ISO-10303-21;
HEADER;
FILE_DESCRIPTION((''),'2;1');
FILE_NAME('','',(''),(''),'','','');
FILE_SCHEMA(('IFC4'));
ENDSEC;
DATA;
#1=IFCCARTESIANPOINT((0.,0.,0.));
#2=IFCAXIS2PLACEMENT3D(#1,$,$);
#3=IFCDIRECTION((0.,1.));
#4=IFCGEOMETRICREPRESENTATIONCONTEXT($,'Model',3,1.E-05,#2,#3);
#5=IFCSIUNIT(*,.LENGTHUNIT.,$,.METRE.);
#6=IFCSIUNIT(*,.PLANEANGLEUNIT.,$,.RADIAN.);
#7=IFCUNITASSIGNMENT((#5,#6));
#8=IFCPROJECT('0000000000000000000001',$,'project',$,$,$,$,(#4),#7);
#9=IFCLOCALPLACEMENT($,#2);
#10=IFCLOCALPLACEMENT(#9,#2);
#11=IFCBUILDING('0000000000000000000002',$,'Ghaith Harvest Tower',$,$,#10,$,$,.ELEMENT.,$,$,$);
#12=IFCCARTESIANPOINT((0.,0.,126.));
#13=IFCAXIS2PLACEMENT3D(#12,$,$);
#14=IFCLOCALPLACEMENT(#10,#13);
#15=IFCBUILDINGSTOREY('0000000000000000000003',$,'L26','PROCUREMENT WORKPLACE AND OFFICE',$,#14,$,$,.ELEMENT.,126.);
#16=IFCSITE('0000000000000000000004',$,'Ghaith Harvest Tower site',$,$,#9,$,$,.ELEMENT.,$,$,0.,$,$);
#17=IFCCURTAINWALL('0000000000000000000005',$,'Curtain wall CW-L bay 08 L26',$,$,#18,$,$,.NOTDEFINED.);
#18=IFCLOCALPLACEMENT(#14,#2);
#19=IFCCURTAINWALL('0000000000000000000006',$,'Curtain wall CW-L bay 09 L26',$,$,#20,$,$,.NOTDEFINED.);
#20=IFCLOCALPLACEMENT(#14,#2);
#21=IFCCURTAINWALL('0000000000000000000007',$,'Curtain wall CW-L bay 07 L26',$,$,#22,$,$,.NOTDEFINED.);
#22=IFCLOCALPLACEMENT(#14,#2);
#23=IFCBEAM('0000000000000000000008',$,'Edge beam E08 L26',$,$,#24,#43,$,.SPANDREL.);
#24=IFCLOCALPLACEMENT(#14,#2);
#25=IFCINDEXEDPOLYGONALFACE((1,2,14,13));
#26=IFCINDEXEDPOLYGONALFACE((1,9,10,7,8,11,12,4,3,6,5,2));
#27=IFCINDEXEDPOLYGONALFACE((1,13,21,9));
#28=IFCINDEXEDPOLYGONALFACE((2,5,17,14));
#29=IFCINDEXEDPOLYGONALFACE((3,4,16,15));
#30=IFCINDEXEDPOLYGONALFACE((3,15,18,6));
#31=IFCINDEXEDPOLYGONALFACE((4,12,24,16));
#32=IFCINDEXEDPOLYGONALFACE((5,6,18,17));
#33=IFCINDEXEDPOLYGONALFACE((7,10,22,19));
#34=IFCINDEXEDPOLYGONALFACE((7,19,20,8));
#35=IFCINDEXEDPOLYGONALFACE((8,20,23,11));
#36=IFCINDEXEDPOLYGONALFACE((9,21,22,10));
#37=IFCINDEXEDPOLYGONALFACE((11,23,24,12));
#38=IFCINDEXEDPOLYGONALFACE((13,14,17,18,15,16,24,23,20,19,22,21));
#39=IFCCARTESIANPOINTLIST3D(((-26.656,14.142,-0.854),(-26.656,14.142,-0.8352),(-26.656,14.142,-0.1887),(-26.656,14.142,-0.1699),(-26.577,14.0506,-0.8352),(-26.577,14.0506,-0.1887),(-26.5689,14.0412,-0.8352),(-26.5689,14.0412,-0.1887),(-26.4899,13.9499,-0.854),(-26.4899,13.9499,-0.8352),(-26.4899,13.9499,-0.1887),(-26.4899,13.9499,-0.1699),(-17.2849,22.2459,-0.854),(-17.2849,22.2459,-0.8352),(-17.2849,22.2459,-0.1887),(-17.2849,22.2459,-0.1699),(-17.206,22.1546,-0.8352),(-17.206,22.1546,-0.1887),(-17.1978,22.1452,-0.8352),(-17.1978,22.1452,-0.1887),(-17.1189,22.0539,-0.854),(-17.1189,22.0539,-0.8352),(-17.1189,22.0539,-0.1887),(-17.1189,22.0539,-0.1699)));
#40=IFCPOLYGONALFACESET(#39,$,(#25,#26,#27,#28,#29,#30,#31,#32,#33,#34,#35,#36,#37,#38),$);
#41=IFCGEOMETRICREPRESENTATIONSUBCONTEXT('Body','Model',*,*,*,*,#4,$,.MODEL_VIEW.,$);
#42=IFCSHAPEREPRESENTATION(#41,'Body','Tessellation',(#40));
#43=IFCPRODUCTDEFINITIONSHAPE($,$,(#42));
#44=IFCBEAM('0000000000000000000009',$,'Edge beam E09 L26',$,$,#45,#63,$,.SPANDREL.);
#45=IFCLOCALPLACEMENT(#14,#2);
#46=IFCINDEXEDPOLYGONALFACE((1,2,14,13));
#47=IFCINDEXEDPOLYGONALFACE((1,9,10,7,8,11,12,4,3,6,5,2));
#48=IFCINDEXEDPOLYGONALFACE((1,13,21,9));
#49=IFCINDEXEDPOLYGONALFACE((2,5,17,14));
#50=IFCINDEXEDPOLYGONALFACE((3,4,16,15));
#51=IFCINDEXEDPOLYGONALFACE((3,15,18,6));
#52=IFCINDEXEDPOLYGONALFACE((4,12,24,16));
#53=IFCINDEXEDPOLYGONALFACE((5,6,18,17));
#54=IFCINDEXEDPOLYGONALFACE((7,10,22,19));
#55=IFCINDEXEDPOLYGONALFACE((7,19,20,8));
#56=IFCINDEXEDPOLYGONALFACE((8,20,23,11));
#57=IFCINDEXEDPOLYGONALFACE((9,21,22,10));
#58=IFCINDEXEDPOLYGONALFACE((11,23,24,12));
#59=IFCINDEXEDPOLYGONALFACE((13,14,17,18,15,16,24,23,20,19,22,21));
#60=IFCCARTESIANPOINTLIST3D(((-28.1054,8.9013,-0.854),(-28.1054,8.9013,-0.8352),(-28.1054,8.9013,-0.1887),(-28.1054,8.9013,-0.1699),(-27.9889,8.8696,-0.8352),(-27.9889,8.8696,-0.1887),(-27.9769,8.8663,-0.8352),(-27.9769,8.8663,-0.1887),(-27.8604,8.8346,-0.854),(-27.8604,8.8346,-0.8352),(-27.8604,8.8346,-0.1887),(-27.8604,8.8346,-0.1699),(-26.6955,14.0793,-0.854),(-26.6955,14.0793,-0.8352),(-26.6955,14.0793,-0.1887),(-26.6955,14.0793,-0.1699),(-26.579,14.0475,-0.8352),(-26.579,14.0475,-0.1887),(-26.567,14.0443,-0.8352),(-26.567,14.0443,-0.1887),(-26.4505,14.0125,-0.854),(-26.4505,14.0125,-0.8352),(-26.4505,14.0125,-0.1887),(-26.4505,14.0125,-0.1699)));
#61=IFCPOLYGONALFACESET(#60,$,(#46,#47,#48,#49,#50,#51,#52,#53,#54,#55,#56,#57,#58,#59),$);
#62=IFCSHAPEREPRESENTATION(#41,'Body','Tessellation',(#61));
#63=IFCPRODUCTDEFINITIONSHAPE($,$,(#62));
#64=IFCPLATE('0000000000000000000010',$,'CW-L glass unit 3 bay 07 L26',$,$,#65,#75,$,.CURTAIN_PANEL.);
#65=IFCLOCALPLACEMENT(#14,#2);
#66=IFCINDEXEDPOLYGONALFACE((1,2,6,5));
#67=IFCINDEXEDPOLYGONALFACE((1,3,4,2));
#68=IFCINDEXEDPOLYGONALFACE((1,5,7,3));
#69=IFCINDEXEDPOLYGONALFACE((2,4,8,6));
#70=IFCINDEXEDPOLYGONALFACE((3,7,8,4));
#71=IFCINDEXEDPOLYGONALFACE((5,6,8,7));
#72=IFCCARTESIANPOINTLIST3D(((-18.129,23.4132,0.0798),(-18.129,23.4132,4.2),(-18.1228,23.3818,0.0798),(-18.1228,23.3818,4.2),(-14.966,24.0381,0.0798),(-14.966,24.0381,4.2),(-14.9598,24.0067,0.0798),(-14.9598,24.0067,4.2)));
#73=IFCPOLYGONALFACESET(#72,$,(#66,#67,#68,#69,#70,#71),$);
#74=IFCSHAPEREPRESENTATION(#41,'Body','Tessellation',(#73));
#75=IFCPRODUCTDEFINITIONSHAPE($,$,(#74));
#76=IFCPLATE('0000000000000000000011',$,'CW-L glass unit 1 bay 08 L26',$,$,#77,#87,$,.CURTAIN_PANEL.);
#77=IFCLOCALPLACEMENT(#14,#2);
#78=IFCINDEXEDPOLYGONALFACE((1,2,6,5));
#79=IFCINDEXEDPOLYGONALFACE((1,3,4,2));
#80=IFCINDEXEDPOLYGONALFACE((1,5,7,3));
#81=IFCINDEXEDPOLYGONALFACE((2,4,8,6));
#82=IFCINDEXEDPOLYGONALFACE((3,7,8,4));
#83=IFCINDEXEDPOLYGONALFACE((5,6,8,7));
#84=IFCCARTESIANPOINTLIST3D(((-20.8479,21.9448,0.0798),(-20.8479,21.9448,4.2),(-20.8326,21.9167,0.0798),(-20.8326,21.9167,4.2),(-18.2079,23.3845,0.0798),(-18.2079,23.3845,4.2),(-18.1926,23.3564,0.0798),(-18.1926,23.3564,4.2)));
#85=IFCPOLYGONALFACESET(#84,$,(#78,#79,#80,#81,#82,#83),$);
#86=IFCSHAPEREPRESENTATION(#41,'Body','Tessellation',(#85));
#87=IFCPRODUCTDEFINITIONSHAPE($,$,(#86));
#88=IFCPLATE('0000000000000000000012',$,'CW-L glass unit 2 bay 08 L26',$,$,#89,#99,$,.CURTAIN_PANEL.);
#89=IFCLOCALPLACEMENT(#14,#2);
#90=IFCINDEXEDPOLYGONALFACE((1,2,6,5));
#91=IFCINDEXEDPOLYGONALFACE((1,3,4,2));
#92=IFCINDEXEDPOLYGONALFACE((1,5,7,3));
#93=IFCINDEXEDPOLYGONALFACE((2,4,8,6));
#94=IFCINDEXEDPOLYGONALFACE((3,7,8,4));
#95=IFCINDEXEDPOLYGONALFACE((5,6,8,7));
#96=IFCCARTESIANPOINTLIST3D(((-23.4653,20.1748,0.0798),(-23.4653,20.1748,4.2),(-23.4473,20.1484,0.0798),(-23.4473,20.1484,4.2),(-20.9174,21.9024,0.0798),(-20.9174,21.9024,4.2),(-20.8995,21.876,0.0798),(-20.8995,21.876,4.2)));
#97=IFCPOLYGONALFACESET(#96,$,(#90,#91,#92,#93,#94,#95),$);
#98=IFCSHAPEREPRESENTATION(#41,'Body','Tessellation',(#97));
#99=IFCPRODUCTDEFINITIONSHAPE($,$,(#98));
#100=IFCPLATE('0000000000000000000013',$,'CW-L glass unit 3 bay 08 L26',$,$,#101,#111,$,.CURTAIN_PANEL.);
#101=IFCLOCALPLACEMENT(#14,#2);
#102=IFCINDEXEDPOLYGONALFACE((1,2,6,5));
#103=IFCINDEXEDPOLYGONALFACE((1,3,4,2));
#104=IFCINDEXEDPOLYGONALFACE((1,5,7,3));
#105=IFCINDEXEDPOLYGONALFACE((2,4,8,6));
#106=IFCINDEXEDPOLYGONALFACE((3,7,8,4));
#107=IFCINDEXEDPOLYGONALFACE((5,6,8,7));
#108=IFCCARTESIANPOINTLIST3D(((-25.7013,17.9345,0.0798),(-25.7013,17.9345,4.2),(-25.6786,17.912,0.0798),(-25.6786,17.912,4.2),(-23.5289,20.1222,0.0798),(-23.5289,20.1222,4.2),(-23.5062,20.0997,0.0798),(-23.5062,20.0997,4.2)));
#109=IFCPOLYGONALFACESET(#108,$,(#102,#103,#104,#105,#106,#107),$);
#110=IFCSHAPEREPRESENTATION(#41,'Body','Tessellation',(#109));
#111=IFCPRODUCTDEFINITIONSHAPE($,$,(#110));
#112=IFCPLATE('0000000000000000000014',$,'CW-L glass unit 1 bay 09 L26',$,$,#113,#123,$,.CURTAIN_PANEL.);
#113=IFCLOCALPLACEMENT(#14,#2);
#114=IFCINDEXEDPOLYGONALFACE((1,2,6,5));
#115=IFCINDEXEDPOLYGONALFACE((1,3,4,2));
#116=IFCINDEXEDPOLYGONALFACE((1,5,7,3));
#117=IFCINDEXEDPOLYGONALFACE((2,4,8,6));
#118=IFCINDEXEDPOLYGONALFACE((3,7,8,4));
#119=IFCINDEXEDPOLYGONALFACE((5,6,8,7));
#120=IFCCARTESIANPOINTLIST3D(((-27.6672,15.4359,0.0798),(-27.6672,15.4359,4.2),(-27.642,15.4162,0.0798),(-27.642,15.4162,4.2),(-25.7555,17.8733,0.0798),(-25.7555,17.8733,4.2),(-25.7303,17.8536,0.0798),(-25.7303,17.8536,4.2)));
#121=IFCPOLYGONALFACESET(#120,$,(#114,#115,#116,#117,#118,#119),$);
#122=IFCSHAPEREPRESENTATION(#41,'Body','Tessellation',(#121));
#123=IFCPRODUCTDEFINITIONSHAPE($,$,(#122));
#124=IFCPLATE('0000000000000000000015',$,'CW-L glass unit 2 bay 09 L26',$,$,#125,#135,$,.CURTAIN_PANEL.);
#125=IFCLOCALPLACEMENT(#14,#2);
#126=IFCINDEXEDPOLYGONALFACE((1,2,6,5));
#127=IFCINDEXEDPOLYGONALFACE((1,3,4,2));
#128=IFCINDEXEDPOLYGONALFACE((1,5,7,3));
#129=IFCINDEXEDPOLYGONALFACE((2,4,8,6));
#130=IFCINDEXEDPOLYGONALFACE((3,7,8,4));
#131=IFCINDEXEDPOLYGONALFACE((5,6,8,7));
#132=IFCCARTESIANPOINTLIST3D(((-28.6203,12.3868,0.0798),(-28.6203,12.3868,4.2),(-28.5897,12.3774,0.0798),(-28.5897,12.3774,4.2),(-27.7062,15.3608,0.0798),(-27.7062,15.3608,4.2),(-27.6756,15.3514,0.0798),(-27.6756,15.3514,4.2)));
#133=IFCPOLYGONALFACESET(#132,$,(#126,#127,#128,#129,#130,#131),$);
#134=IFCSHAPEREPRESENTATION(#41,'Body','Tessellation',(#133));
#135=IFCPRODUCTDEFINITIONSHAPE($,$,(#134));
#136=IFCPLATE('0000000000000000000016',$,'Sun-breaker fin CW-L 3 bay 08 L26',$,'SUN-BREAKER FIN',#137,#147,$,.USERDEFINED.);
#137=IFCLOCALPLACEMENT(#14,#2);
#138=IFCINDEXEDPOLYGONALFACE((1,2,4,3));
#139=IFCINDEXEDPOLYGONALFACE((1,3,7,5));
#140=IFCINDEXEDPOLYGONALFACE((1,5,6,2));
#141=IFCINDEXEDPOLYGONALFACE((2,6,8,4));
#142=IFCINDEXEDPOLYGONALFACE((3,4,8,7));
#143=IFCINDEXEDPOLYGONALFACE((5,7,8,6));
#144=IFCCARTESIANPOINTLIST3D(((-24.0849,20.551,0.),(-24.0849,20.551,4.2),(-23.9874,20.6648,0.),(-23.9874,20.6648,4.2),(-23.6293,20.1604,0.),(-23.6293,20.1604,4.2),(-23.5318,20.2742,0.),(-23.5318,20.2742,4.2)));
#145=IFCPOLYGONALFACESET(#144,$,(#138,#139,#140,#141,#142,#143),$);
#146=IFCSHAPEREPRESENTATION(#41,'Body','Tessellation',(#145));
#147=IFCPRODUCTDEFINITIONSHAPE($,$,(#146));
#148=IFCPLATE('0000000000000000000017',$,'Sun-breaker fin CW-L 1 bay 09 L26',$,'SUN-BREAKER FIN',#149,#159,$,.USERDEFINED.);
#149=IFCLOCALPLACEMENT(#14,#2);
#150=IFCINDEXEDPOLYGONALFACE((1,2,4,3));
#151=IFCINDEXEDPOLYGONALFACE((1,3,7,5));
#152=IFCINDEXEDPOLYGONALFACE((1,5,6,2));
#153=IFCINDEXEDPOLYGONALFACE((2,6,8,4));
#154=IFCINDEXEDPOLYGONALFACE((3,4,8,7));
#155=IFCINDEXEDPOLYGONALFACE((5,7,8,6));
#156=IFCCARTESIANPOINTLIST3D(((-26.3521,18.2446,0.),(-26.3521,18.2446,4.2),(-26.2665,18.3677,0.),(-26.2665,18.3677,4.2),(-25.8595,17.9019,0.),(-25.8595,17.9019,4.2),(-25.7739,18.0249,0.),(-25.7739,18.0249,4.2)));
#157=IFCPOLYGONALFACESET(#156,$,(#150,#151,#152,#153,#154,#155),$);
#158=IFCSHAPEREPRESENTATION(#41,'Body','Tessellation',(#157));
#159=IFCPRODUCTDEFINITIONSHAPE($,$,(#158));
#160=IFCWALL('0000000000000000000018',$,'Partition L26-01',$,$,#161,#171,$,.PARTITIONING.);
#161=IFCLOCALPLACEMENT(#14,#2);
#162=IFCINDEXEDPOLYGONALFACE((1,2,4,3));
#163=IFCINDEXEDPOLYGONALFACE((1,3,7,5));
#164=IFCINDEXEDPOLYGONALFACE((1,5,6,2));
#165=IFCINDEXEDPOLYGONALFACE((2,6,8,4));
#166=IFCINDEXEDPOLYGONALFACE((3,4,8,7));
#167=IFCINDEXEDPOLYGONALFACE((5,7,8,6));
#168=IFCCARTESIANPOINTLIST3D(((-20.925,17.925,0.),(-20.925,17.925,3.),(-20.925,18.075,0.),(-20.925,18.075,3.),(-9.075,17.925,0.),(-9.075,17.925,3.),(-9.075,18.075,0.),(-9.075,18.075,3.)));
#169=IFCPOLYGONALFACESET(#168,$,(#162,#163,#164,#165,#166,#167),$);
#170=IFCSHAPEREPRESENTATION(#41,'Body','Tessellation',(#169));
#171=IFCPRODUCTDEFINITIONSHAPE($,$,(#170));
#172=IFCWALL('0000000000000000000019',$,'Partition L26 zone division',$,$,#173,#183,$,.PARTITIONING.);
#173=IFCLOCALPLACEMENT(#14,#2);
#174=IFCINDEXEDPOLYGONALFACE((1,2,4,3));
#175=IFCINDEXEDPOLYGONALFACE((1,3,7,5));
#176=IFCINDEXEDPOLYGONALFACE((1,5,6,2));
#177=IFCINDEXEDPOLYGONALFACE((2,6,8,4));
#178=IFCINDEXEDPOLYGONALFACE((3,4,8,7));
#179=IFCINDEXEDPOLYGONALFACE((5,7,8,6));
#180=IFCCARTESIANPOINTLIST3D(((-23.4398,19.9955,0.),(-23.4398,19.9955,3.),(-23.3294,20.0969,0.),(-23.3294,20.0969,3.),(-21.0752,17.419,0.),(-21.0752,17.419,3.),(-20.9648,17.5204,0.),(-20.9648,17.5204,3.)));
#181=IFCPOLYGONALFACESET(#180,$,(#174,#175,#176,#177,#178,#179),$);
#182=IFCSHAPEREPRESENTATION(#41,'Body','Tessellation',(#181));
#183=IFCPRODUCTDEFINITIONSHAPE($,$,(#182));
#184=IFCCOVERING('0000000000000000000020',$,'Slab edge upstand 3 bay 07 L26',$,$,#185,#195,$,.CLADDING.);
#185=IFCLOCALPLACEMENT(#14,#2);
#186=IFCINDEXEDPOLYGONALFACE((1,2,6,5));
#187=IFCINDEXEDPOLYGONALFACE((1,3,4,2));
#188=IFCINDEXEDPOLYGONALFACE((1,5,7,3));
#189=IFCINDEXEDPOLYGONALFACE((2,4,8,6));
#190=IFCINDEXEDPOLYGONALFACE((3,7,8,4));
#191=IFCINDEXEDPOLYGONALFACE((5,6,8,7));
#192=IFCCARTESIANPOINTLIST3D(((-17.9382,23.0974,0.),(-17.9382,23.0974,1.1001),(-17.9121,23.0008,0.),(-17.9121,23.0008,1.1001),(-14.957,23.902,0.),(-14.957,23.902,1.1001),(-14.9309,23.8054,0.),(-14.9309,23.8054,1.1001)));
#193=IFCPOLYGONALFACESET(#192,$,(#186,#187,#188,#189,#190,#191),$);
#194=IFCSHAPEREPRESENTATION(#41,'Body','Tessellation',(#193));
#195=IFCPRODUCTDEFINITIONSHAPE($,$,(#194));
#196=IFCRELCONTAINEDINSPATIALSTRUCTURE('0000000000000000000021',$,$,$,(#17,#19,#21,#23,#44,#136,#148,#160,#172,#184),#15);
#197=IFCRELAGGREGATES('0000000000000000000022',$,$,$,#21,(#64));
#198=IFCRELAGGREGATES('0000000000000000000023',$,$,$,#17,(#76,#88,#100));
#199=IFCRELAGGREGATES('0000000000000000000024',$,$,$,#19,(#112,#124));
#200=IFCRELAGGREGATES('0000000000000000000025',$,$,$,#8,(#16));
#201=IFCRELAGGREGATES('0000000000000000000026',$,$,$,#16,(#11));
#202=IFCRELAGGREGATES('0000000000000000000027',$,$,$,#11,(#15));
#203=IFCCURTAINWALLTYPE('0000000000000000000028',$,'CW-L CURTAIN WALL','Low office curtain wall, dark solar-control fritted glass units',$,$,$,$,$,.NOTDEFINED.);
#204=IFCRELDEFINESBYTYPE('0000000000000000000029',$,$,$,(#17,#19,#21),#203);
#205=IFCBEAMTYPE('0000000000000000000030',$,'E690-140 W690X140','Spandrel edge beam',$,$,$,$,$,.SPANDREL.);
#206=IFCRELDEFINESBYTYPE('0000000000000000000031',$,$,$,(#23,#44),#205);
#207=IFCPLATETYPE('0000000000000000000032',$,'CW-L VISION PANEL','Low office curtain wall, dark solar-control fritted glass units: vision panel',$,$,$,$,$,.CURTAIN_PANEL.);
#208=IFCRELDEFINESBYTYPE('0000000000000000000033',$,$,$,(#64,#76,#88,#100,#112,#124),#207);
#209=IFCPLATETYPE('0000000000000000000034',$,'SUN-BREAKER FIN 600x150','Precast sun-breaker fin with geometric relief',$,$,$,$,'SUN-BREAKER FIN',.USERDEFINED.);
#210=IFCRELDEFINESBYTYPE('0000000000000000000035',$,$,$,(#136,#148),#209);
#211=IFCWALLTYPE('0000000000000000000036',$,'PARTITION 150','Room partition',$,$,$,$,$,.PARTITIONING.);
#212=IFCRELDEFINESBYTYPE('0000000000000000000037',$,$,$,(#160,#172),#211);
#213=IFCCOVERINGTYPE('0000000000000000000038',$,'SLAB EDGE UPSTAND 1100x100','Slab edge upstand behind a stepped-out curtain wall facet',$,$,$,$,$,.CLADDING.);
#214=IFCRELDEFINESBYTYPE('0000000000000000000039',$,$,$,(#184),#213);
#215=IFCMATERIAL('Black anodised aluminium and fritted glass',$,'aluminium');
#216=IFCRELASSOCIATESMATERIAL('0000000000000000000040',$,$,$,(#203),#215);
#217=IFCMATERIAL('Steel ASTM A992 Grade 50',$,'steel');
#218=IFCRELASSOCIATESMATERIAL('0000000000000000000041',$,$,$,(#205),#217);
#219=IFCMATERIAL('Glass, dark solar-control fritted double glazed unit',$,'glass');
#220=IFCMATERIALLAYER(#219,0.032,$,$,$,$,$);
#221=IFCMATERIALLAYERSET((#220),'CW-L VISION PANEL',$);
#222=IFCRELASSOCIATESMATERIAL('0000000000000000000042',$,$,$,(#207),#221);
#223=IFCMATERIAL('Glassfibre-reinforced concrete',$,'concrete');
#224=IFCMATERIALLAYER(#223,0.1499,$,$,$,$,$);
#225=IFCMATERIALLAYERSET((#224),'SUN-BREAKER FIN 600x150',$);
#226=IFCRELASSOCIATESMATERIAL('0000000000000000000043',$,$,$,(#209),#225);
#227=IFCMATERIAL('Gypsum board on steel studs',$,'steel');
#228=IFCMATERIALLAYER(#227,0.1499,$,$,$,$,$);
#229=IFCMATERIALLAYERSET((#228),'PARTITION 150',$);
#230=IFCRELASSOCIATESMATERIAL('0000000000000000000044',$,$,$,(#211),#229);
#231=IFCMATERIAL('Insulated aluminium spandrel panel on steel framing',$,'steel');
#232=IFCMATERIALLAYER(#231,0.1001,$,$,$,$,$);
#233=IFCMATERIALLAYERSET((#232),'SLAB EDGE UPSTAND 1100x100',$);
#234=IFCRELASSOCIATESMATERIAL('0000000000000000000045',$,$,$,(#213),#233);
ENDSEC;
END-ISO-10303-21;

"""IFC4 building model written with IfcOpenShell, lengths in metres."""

from ifc_helpers import new_model, si_unit, direction, frame, frame_2d, origin, origin_2d, place, context, subcontext, project, spatial, rectangle, i_section, extrude, material, layer, layer_set, material_profile, profile_set, type_object, element, aggregate, save


model = new_model("IFC4")

# Units and contexts
model_context = context("Model", 3, precision=1e-05, world=origin(), true_north=direction((0.0, 1.0)))
body_context = subcontext(model_context, "Body", "Model", "MODEL_VIEW")
ifc_project = project(units=[si_unit("LENGTHUNIT", "METRE"), si_unit("PLANEANGLEUNIT", "RADIAN")], contexts=[model_context])

# Site, building, storey
site_placement = place(None, origin())
site = spatial("IfcSite", under=ifc_project, at=site_placement, Name="Ghaith Harvest Tower site", CompositionType="ELEMENT", RefElevation=0.0)
building_placement = place(site_placement, origin())
building = spatial("IfcBuilding", under=site, at=building_placement, Name="Ghaith Harvest Tower", CompositionType="ELEMENT")
storey_placement = place(building_placement, frame((0.0, 0.0, 126.0)))
storey = spatial("IfcBuildingStorey", under=building, at=storey_placement, Name="L26", Description="PROCUREMENT WORKPLACE AND OFFICE", CompositionType="ELEMENT", Elevation=126.0)

# Curtain walls
ifc_material_1 = material(Name="Black anodised aluminium and fritted glass", Category="aluminium")
curtain_wall_type = type_object("IfcCurtainWallType", Name="CW-L CURTAIN WALL", Description="Low office curtain wall, dark solar-control fritted glass units", PredefinedType="NOTDEFINED", material=ifc_material_1)
curtain_wall_1_placement = place(storey_placement, origin())
curtain_wall_1 = element("IfcCurtainWall", 1, at=curtain_wall_1_placement, inside=storey, type_object=curtain_wall_type, Name="Curtain wall CW-L bay 08 L26", PredefinedType="NOTDEFINED")
curtain_wall_2_placement = place(storey_placement, origin())
curtain_wall_2 = element("IfcCurtainWall", 2, at=curtain_wall_2_placement, inside=storey, type_object=curtain_wall_type, Name="Curtain wall CW-L bay 09 L26", PredefinedType="NOTDEFINED")

# Curtain wall
curtain_wall_3_placement = place(storey_placement, origin())
curtain_wall_3 = element("IfcCurtainWall", 3, at=curtain_wall_3_placement, inside=storey, type_object=curtain_wall_type, Name="Curtain wall CW-L bay 07 L26", PredefinedType="NOTDEFINED")

# Beams
ifc_material_2 = material(Name="Steel ASTM A992 Grade 50", Category="steel")
ifc_material_profile_1 = material_profile(ifc_material_2, i_section(OverallWidth=0.2539, OverallDepth=0.6841, WebThickness=0.0125, FlangeThickness=0.0188, at=origin_2d()), Name="W690X140")
ifc_profile_set_1 = profile_set([ifc_material_profile_1], Name="Steel ASTM A992 Grade 50")
beam_type = type_object("IfcBeamType", Name="E690-140 W690X140", Description="Spandrel edge beam", PredefinedType="SPANDREL", material=ifc_profile_set_1)
beam_1_placement = place(storey_placement, frame((-17.2019, 22.1499, -0.512), z_axis=(-0.756392, -0.654118, 0.0), x_axis=(0.654118, -0.756392, 0.0)))
element("IfcBeam", 4, at=beam_1_placement, inside=storey, type_object=beam_type, Name="Edge beam E08 L26", PredefinedType="SPANDREL", context=body_context, shape_type="SweptSolid", body=[
    extrude(i_section(OverallWidth=0.2539, OverallDepth=0.6841, WebThickness=0.0125, FlangeThickness=0.0188, at=origin_2d()), origin(), (0.0, 0.0, 1.0), 12.3892),
])
beam_2_placement = place(storey_placement, frame((-26.573, 14.0459, -0.512), z_axis=(-0.262725, -0.964871, 0.0), x_axis=(0.964871, -0.262725, 0.0)))
element("IfcBeam", 5, at=beam_2_placement, inside=storey, type_object=beam_type, Name="Edge beam E09 L26", PredefinedType="SPANDREL", context=body_context, shape_type="SweptSolid", body=[
    extrude(i_section(OverallWidth=0.2539, OverallDepth=0.6841, WebThickness=0.0125, FlangeThickness=0.0188, at=origin_2d()), origin(), (0.0, 0.0, 1.0), 5.3665),
])

# Plates
ifc_material_3 = material(Name="Glass, dark solar-control fritted double glazed unit", Category="glass")
ifc_layer_1 = layer(ifc_material_3, 0.032)
ifc_layer_set_1 = layer_set([ifc_layer_1], Name="CW-L VISION PANEL")
plate_type_1 = type_object("IfcPlateType", Name="CW-L VISION PANEL", Description="Low office curtain wall, dark solar-control fritted glass units: vision panel", PredefinedType="CURTAIN_PANEL", material=ifc_layer_set_1)
plate_1_placement = place(storey_placement, frame((-16.5444, 23.71, 0.0798), z_axis=(0.0, 0.0, 1.0), x_axis=(-0.981038, -0.193818, 0.0)))
plate_1 = element("IfcPlate", 6, at=plate_1_placement, type_object=plate_type_1, Name="CW-L glass unit 3 bay 07 L26", PredefinedType="CURTAIN_PANEL", context=body_context, shape_type="SweptSolid", body=[
    extrude(rectangle(XDim=3.2241, YDim=0.032, at=origin_2d()), origin(), (0.0, 0.0, 1.0), 4.1201),
])
aggregate(curtain_wall_3, [plate_1])
plate_2_placement = place(storey_placement, frame((-19.5203, 22.6506, 0.0798), z_axis=(0.0, 0.0, 1.0), x_axis=(-0.87794, -0.47877, 0.0)))
plate_2 = element("IfcPlate", 7, at=plate_2_placement, type_object=plate_type_1, Name="CW-L glass unit 1 bay 08 L26", PredefinedType="CURTAIN_PANEL", context=body_context, shape_type="SweptSolid", body=[
    extrude(rectangle(XDim=3.0071, YDim=0.032, at=origin_2d()), origin(), (0.0, 0.0, 1.0), 4.1201),
])
plate_3_placement = place(storey_placement, frame((-22.1824, 21.0254, 0.0798), z_axis=(0.0, 0.0, 1.0), x_axis=(-0.827675, -0.561208, 0.0)))
plate_3 = element("IfcPlate", 8, at=plate_3_placement, type_object=plate_type_1, Name="CW-L glass unit 2 bay 08 L26", PredefinedType="CURTAIN_PANEL", context=body_context, shape_type="SweptSolid", body=[
    extrude(rectangle(XDim=3.0784, YDim=0.032, at=origin_2d()), origin(), (0.0, 0.0, 1.0), 4.1201),
])
plate_4_placement = place(storey_placement, frame((-24.6038, 19.0171, 0.0798), z_axis=(0.0, 0.0, 1.0), x_axis=(-0.704614, -0.709591, 0.0)))
plate_4 = element("IfcPlate", 9, at=plate_4_placement, type_object=plate_type_1, Name="CW-L glass unit 3 bay 08 L26", PredefinedType="CURTAIN_PANEL", context=body_context, shape_type="SweptSolid", body=[
    extrude(rectangle(XDim=3.083, YDim=0.032, at=origin_2d()), origin(), (0.0, 0.0, 1.0), 4.1201),
])
aggregate(curtain_wall_1, [plate_2, plate_3, plate_4])
plate_5_placement = place(storey_placement, frame((-26.6987, 16.6448, 0.0798), z_axis=(0.0, 0.0, 1.0), x_axis=(-0.617141, -0.786853, 0.0)))
plate_5 = element("IfcPlate", 10, at=plate_5_placement, type_object=plate_type_1, Name="CW-L glass unit 1 bay 09 L26", PredefinedType="CURTAIN_PANEL", context=body_context, shape_type="SweptSolid", body=[
    extrude(rectangle(XDim=3.0977, YDim=0.032, at=origin_2d()), origin(), (0.0, 0.0, 1.0), 4.1201),
])
plate_6_placement = place(storey_placement, frame((-28.1479, 13.8691, 0.0798), z_axis=(0.0, 0.0, 1.0), x_axis=(-0.293803, -0.955866, 0.0)))
plate_6 = element("IfcPlate", 11, at=plate_6_placement, type_object=plate_type_1, Name="CW-L glass unit 2 bay 09 L26", PredefinedType="CURTAIN_PANEL", context=body_context, shape_type="SweptSolid", body=[
    extrude(rectangle(XDim=3.1113, YDim=0.032, at=origin_2d()), origin(), (0.0, 0.0, 1.0), 4.1201),
])
aggregate(curtain_wall_2, [plate_5, plate_6])

# Plates
ifc_material_4 = material(Name="Glassfibre-reinforced concrete", Category="concrete")
ifc_layer_2 = layer(ifc_material_4, 0.1499)
ifc_layer_set_2 = layer_set([ifc_layer_2], Name="SUN-BREAKER FIN 600x150")
plate_type_2 = type_object("IfcPlateType", Name="SUN-BREAKER FIN 600x150", Description="Precast sun-breaker fin with geometric relief", ElementType="SUN-BREAKER FIN", PredefinedType="USERDEFINED", material=ifc_layer_set_2)
for number, where, z_axis, x_axis, name in (
    (12, (-23.8083, 20.4126, 0.0), (0.0, 0.0, 1.0), (-0.75917, 0.650893, 0.0), "Sun-breaker fin CW-L 3 bay 08 L26"),
    (13, (-26.063, 18.1348, 0.0), (0.0, 0.0, 1.0), (-0.820845, 0.57115, 0.0), "Sun-breaker fin CW-L 1 bay 09 L26"),
):
    element("IfcPlate", number, at=place(storey_placement, frame(where, z_axis=z_axis, x_axis=x_axis)), inside=storey, type_object=plate_type_2, Name=name, ObjectType="SUN-BREAKER FIN", PredefinedType="USERDEFINED", context=body_context, shape_type="SweptSolid", body=[
        extrude(rectangle(XDim=0.6001, YDim=0.1499, at=origin_2d()), origin(), (0.0, 0.0, 1.0), 4.2),
    ])

# Walls
ifc_material_5 = material(Name="Gypsum board on steel studs", Category="steel")
ifc_layer_3 = layer(ifc_material_5, 0.1499)
ifc_layer_set_3 = layer_set([ifc_layer_3], Name="PARTITION 150")
wall_type = type_object("IfcWallType", Name="PARTITION 150", Description="Room partition", PredefinedType="PARTITIONING", material=ifc_layer_set_3)
wall_1_placement = place(storey_placement, frame((-20.925, 18.0, 0.0), z_axis=(0.0, 0.0, 1.0), x_axis=(1.0, 0.0, 0.0)))
element("IfcWall", 14, at=wall_1_placement, inside=storey, type_object=wall_type, Name="Partition L26-01", PredefinedType="PARTITIONING", context=body_context, shape_type="SweptSolid", body=[
    extrude(rectangle(XDim=11.8501, YDim=0.1499, at=frame_2d((5.925, 0.0))), origin(), (0.0, 0.0, 1.0), 3.0),
])
wall_2_placement = place(storey_placement, frame((-21.02, 17.4697, 0.0), z_axis=(0.0, 0.0, 1.0), x_axis=(-0.676158, 0.736757, 0.0)))
element("IfcWall", 15, at=wall_2_placement, inside=storey, type_object=wall_type, Name="Partition L26 zone division", PredefinedType="PARTITIONING", context=body_context, shape_type="SweptSolid", body=[
    extrude(rectangle(XDim=3.4971, YDim=0.1499, at=frame_2d((1.7485, 0.0))), origin(), (0.0, 0.0, 1.0), 3.0),
])

# Covering
ifc_material_6 = material(Name="Insulated aluminium spandrel panel on steel framing", Category="steel")
ifc_layer_4 = layer(ifc_material_6, 0.1001)
ifc_layer_set_4 = layer_set([ifc_layer_4], Name="SLAB EDGE UPSTAND 1100x100")
covering_type = type_object("IfcCoveringType", Name="SLAB EDGE UPSTAND 1100x100", Description="Slab edge upstand behind a stepped-out curtain wall facet", PredefinedType="CLADDING", material=ifc_layer_set_4)
covering_1_placement = place(storey_placement, frame((-16.4346, 23.4514, 0.0), z_axis=(0.0, 0.0, 1.0), x_axis=(-0.965455, -0.26057, 0.0)))
element("IfcCovering", 16, at=covering_1_placement, inside=storey, type_object=covering_type, Name="Slab edge upstand 3 bay 07 L26", PredefinedType="CLADDING", context=body_context, shape_type="SweptSolid", body=[
    extrude(rectangle(XDim=3.0879, YDim=0.1001, at=origin_2d()), origin(), (0.0, 0.0, 1.0), 1.1001),
])

save(model, "model.ifc")
